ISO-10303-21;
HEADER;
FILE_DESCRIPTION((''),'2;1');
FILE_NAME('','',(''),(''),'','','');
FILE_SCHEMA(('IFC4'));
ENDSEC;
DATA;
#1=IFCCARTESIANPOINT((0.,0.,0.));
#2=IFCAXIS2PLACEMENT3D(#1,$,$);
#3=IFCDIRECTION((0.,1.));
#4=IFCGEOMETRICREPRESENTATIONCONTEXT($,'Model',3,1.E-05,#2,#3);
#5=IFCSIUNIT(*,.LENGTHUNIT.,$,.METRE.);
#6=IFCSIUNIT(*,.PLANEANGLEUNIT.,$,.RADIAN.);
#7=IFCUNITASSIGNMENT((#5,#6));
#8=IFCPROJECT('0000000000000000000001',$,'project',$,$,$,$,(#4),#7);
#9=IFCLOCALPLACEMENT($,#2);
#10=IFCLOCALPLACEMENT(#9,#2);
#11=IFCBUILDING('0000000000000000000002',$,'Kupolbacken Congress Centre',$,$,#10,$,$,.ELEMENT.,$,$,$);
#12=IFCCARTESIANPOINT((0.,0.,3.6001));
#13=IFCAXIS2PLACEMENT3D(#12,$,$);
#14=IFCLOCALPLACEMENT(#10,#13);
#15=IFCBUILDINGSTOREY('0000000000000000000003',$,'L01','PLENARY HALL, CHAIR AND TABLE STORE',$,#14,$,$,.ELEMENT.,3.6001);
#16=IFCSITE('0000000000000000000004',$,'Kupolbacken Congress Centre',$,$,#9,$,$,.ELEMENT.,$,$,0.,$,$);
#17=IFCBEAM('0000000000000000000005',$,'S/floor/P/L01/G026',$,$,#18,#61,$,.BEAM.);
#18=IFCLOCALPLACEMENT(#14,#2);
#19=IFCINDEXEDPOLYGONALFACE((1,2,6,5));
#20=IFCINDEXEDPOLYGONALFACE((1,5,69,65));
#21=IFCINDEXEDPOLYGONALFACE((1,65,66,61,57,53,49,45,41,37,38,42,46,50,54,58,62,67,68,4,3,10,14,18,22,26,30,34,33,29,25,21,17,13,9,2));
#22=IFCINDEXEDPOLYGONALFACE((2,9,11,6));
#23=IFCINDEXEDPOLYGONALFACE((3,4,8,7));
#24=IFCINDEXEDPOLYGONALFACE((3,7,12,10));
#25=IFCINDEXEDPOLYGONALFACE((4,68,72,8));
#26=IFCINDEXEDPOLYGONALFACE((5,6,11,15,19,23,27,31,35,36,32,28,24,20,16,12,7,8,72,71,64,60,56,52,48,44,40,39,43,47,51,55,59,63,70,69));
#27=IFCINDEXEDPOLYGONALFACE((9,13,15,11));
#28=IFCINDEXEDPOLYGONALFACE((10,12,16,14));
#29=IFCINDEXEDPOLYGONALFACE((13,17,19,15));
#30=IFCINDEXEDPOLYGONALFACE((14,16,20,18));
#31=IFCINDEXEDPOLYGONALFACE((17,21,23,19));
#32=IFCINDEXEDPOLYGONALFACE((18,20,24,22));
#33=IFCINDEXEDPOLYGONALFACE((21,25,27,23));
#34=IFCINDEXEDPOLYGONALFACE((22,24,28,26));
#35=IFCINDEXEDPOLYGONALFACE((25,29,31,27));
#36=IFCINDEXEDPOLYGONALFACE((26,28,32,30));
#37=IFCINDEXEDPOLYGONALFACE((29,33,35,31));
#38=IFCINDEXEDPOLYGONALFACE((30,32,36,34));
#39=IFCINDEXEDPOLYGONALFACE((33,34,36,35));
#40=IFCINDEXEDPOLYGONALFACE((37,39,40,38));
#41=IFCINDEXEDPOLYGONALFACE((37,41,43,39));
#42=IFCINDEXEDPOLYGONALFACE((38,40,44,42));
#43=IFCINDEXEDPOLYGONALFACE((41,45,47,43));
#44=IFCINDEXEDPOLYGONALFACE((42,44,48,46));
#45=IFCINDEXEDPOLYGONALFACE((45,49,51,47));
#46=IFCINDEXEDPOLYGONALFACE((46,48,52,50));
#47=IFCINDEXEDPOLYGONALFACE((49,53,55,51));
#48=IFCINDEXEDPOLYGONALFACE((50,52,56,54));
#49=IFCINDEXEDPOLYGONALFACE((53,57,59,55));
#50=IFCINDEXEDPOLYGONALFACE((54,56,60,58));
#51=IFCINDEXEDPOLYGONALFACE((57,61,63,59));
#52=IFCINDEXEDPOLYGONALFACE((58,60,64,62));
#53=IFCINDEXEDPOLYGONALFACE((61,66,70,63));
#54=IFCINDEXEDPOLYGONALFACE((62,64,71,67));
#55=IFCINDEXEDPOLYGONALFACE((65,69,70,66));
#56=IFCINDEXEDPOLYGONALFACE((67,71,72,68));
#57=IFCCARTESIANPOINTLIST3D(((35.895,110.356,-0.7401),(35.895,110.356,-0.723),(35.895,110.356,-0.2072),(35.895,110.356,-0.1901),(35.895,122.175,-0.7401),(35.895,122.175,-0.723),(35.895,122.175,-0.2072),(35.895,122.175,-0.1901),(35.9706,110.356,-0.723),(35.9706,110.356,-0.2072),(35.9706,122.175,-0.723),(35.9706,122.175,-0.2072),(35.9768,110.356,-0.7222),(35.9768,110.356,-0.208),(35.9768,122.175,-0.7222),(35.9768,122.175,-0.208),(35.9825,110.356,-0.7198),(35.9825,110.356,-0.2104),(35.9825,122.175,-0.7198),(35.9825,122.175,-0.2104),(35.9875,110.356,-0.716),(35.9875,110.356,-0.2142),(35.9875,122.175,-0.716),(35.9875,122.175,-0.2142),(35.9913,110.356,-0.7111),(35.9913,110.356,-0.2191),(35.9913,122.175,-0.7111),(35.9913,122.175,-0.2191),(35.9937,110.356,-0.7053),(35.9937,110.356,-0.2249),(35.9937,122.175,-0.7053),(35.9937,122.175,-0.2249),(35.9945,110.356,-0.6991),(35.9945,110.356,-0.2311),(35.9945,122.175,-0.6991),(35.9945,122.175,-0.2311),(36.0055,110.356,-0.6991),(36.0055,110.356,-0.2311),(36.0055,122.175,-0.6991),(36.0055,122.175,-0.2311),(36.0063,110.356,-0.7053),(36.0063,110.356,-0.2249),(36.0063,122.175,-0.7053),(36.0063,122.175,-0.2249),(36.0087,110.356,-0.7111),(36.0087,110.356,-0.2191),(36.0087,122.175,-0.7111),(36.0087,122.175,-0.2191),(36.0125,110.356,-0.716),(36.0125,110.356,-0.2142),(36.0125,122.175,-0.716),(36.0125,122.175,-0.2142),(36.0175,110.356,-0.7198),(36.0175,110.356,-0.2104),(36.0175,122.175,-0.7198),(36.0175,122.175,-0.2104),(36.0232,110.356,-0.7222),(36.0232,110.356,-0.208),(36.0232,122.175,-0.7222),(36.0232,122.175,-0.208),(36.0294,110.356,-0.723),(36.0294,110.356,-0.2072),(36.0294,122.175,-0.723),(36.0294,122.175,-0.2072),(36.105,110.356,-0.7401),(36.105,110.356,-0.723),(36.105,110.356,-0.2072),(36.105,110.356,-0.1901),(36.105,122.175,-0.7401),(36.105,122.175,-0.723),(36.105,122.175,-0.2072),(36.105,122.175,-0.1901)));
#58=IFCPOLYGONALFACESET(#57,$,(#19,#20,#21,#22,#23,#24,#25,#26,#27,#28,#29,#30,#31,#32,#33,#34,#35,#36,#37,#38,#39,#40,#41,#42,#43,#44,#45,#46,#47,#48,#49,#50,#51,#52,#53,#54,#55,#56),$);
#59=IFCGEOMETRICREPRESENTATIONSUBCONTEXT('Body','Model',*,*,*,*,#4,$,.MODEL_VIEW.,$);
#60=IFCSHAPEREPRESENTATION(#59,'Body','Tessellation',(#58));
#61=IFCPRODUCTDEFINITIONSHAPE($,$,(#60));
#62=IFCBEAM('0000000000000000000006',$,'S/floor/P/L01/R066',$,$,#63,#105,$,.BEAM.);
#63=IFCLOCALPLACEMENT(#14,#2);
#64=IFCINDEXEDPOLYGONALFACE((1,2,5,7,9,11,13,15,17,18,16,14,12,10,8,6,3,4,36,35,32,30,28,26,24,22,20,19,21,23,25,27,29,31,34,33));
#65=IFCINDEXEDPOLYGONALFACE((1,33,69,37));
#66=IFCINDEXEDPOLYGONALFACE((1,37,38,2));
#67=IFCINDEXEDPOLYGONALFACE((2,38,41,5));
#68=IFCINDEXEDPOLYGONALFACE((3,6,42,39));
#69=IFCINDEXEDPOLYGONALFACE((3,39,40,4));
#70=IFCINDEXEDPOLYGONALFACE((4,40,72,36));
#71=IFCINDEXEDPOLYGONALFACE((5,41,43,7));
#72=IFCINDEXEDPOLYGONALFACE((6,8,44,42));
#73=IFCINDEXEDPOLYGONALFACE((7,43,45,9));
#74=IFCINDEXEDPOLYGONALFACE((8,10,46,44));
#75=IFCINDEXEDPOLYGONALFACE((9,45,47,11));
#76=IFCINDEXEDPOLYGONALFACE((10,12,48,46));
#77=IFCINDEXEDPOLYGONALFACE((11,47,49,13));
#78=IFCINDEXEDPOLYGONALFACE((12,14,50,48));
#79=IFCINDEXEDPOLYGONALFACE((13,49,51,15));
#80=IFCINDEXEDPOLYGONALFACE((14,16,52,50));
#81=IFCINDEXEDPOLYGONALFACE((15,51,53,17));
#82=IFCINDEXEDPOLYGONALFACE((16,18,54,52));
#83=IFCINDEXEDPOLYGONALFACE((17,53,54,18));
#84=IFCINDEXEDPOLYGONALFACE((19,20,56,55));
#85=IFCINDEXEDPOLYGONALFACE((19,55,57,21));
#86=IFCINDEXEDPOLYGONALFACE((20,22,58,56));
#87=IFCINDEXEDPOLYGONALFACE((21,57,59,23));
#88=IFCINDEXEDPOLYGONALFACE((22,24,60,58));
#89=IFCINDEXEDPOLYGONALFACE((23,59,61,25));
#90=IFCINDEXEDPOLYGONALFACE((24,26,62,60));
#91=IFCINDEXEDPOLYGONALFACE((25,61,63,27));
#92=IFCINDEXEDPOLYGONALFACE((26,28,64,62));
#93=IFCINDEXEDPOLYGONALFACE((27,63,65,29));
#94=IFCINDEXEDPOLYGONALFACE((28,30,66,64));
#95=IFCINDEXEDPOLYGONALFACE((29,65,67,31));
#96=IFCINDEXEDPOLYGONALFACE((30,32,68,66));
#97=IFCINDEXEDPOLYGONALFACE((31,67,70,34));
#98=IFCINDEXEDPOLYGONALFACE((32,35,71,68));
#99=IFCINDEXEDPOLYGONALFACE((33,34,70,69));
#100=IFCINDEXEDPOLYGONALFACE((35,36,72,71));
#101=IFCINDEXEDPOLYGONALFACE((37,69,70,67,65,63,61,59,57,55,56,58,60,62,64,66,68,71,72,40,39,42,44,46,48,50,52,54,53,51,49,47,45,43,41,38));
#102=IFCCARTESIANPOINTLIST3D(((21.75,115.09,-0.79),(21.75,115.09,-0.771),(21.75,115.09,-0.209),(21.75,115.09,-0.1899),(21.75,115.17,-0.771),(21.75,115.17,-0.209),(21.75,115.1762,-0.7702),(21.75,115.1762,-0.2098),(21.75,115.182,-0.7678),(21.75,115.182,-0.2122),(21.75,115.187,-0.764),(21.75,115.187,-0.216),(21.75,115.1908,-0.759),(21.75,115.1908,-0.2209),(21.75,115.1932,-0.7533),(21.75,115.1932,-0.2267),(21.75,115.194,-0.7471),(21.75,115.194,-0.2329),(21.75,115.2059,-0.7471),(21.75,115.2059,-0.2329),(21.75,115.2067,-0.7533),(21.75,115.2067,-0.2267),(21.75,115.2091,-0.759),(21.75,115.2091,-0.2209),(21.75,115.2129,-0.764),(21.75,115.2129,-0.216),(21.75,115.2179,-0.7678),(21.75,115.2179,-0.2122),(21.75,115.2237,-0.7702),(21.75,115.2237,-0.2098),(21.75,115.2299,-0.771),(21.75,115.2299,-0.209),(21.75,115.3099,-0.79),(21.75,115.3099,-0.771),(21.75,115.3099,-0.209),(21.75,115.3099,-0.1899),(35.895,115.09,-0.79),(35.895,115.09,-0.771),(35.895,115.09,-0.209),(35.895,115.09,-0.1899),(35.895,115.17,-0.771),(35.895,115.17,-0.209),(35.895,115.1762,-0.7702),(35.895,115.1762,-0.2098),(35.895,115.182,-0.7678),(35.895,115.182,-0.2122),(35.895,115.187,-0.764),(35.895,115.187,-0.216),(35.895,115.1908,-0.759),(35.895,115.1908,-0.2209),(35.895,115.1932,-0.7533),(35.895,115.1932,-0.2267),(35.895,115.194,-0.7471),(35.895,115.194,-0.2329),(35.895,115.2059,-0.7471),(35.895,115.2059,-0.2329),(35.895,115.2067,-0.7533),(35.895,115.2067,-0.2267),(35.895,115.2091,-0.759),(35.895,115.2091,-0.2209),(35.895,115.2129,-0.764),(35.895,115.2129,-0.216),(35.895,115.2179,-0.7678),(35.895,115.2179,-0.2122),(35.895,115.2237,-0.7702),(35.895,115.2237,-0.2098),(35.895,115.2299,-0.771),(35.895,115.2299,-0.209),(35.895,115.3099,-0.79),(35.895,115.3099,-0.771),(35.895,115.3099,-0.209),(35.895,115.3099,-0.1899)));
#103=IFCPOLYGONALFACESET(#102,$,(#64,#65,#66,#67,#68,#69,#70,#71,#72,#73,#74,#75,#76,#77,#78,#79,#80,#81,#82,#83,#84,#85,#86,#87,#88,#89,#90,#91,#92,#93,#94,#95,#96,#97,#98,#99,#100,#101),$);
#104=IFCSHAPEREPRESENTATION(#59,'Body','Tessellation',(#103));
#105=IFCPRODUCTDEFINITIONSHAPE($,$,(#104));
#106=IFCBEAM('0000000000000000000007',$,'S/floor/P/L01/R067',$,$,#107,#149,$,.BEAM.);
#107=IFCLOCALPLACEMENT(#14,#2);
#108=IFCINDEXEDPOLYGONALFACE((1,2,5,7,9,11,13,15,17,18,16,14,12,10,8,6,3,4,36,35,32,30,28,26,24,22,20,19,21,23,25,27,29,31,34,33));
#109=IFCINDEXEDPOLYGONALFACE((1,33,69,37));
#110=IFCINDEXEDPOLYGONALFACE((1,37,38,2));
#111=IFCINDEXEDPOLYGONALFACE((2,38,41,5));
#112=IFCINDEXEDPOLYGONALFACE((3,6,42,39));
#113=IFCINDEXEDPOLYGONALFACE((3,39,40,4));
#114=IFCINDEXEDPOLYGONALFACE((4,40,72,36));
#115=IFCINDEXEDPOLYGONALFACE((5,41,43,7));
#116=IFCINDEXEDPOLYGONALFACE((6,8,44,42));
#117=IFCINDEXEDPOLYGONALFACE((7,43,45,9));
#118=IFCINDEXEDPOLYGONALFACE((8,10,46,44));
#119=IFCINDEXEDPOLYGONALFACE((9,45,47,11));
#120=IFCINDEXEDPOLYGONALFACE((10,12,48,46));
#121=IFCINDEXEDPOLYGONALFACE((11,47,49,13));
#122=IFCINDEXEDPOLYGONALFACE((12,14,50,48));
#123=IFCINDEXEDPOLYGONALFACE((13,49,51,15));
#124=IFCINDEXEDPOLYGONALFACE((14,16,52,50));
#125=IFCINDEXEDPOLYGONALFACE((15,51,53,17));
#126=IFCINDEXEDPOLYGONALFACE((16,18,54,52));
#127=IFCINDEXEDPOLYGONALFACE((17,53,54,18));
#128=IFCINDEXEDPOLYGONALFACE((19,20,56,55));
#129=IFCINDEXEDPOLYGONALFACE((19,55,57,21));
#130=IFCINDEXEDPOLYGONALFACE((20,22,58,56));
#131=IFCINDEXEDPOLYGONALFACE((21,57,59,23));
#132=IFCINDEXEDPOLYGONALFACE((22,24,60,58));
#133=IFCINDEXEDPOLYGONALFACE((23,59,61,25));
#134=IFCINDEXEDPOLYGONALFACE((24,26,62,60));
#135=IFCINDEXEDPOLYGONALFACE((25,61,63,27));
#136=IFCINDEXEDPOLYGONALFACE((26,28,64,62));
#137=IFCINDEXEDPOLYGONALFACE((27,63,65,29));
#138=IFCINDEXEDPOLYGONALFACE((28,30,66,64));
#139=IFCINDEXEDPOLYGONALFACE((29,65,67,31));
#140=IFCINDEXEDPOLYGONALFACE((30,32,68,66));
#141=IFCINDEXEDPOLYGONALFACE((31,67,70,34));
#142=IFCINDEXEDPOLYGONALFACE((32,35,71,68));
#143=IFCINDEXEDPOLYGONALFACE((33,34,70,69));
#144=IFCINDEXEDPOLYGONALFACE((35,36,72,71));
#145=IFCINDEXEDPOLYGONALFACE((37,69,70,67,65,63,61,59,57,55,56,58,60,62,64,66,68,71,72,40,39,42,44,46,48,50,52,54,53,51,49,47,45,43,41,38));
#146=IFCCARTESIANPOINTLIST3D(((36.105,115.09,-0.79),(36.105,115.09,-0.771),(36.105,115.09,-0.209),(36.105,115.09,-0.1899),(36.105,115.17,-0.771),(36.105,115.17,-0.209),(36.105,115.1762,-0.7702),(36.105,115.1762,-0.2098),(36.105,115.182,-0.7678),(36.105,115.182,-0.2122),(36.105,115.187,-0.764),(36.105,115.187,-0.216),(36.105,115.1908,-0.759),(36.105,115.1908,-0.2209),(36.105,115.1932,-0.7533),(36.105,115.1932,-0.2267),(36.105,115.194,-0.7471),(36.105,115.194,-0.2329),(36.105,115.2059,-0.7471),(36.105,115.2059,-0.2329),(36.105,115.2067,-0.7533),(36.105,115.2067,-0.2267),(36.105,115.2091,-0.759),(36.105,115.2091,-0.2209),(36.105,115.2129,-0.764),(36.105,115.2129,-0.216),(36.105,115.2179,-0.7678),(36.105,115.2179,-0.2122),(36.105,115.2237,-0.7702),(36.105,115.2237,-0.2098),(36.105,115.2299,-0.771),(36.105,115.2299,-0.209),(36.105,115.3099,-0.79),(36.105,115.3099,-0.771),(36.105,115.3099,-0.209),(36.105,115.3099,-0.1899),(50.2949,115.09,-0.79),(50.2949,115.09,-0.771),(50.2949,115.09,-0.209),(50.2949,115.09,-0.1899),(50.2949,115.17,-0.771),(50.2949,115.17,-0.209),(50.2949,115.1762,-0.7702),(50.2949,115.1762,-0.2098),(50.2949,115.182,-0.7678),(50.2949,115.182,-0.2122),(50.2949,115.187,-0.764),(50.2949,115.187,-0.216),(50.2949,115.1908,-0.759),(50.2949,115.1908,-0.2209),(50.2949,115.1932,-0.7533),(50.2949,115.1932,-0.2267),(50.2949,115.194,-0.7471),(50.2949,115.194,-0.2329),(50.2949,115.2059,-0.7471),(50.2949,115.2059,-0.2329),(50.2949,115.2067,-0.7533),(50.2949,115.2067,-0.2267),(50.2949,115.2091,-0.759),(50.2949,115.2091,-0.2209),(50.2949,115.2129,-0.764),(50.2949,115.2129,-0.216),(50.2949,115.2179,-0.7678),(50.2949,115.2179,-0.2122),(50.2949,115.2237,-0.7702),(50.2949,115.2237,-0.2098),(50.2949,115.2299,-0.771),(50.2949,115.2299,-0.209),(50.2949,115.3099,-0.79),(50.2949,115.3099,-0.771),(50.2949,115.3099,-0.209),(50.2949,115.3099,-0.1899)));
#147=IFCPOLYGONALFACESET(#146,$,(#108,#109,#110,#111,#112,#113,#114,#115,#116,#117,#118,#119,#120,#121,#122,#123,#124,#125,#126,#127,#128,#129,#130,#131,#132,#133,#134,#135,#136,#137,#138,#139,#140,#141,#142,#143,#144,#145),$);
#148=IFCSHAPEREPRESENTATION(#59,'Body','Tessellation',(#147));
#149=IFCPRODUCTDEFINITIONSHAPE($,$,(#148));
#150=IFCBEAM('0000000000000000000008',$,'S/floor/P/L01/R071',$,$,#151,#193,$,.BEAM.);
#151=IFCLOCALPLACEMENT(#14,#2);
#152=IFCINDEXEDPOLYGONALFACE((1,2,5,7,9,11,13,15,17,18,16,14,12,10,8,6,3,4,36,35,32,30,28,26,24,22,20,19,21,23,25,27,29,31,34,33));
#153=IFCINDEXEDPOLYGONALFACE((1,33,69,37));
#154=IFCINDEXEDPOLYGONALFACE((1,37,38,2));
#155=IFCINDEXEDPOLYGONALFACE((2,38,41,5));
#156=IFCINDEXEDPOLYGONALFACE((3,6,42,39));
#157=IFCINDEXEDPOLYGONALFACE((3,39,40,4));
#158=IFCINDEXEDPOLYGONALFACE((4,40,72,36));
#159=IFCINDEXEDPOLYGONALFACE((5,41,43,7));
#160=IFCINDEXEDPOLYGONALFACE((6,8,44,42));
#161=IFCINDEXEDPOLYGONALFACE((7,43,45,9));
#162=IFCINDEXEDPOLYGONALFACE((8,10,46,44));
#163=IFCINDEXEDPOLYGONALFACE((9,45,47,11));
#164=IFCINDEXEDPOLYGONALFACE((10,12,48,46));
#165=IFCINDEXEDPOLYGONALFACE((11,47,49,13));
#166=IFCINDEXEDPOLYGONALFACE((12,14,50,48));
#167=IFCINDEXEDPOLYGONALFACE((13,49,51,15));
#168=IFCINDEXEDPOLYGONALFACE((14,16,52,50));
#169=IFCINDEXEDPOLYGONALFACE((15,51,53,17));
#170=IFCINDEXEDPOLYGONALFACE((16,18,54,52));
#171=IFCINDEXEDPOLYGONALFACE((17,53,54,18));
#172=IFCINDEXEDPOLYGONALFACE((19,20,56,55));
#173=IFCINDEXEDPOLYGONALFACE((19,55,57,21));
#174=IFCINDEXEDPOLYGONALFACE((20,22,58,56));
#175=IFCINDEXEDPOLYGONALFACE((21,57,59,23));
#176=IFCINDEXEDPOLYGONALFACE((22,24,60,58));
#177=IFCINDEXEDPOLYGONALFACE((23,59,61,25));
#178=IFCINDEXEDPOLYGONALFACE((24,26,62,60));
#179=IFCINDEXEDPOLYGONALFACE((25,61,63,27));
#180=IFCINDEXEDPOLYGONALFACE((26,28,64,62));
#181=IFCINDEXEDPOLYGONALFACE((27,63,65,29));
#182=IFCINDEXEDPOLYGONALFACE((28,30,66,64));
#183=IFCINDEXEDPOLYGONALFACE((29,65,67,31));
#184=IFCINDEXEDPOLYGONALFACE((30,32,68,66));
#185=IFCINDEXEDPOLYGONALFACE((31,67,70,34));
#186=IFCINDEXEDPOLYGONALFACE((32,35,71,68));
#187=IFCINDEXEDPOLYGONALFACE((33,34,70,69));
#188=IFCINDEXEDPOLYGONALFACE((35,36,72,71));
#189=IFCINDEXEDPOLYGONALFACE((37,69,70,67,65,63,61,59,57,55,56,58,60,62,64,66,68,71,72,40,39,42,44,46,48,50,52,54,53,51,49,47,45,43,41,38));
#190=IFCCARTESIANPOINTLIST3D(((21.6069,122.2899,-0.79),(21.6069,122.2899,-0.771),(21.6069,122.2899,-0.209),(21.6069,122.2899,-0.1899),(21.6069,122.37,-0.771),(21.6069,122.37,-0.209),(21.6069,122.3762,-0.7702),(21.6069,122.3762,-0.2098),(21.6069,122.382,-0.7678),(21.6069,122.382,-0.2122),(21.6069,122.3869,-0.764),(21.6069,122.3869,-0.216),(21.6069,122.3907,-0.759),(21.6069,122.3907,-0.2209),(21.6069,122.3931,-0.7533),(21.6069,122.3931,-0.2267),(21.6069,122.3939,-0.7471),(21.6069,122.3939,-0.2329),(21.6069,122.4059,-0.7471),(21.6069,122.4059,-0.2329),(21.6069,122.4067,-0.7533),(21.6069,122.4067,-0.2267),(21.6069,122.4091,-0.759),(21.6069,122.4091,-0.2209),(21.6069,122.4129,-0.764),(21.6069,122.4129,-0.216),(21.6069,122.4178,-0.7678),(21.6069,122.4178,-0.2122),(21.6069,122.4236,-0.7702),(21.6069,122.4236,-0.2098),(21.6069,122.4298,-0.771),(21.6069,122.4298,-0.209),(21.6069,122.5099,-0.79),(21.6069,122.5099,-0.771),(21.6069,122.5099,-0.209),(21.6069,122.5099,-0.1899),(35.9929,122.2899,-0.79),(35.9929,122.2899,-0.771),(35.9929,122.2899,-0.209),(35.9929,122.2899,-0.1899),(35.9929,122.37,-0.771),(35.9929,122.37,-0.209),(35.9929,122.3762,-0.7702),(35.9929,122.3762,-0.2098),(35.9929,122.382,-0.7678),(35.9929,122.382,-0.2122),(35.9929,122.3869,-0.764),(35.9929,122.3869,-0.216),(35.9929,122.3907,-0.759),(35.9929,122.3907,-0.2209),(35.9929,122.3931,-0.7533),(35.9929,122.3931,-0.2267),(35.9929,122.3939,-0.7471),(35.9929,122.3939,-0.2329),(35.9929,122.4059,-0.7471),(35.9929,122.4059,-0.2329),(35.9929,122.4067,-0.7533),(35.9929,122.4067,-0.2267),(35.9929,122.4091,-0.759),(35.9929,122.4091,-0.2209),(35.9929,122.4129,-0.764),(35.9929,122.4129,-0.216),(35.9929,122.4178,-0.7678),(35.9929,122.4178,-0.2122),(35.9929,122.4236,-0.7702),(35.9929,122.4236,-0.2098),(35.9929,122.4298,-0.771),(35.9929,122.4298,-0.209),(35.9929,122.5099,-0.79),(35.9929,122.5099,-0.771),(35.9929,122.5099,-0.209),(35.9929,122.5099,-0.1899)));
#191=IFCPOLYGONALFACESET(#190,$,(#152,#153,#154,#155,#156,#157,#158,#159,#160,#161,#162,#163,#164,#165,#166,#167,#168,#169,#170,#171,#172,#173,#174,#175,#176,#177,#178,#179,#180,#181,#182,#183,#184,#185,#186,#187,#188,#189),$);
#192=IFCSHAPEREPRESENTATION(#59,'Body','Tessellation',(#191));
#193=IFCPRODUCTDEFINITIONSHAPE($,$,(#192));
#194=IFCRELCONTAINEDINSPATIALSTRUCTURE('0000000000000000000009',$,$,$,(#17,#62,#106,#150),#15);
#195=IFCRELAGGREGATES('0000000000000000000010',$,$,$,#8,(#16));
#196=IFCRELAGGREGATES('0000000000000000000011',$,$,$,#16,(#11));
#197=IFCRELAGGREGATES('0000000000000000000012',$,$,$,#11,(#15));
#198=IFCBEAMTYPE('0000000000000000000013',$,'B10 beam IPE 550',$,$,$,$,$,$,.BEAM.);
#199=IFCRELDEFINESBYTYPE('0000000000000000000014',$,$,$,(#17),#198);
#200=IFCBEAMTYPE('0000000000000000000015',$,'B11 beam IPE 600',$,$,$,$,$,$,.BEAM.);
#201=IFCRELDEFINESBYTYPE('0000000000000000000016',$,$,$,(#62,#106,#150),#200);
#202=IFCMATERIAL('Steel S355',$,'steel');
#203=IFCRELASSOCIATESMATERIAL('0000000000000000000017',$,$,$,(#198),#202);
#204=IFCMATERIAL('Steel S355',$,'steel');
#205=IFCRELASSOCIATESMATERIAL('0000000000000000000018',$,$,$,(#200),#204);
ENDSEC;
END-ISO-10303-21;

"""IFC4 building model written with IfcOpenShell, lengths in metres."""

from ifc_helpers import new_model, si_unit, direction, frame, origin, origin_2d, place, context, subcontext, project, spatial, i_section, extrude, material, material_profile, profile_set, type_object, element, save


model = new_model("IFC4")

# Units and contexts
model_context = context("Model", 3, precision=1e-05, world=origin(), true_north=direction((0.0, 1.0)))
body_context = subcontext(model_context, "Body", "Model", "MODEL_VIEW")
ifc_project = project(units=[si_unit("LENGTHUNIT", "METRE"), si_unit("PLANEANGLEUNIT", "RADIAN")], contexts=[model_context])

# Site, building, storey
site_placement = place(None, origin())
site = spatial("IfcSite", under=ifc_project, at=site_placement, Name="Kupolbacken Congress Centre", CompositionType="ELEMENT", RefElevation=0.0)
building_placement = place(site_placement, origin())
building = spatial("IfcBuilding", under=site, at=building_placement, Name="Kupolbacken Congress Centre", CompositionType="ELEMENT")
storey_placement = place(building_placement, frame((0.0, 0.0, 3.6001)))
storey = spatial("IfcBuildingStorey", under=building, at=storey_placement, Name="L01", Description="PLENARY HALL, CHAIR AND TABLE STORE", CompositionType="ELEMENT", Elevation=3.6001)

# Beams
ifc_material_1 = material(Name="Steel S355", Category="steel")
ifc_material_profile_1 = material_profile(ifc_material_1, i_section(OverallWidth=0.21, OverallDepth=0.55, WebThickness=0.011, FlangeThickness=0.0171, FilletRadius=0.0239, at=origin_2d()), Name="IPE 550")
ifc_profile_set_1 = profile_set([ifc_material_profile_1], Name="Steel S355")
beam_type_1 = type_object("IfcBeamType", Name="B10 beam IPE 550", PredefinedType="BEAM", material=ifc_profile_set_1)
beam_1_placement = place(storey_placement, frame((36.0, 110.356, -0.4651), z_axis=(0.0, 1.0, 0.0), x_axis=(-1.0, 0.0, 0.0)))
element("IfcBeam", 1, at=beam_1_placement, inside=storey, type_object=beam_type_1, Name="S/floor/P/L01/G026", PredefinedType="BEAM", context=body_context, shape_type="SweptSolid", body=[
    extrude(i_section(OverallWidth=0.21, OverallDepth=0.55, WebThickness=0.011, FlangeThickness=0.0171, FilletRadius=0.0239, at=origin_2d()), origin(), (0.0, 0.0, 1.0), 11.8191),
])
ifc_material_2 = material(Name="Steel S355", Category="steel")
ifc_material_profile_2 = material_profile(ifc_material_2, i_section(OverallWidth=0.22, OverallDepth=0.6001, WebThickness=0.012, FlangeThickness=0.019, FilletRadius=0.0239, at=origin_2d()), Name="IPE 600")
ifc_profile_set_2 = profile_set([ifc_material_profile_2], Name="Steel S355")
beam_type_2 = type_object("IfcBeamType", Name="B11 beam IPE 600", PredefinedType="BEAM", material=ifc_profile_set_2)
beam_2_placement = place(storey_placement, frame((21.75, 115.2, -0.49), z_axis=(1.0, 0.0, 0.0), x_axis=(0.0, 1.0, 0.0)))
element("IfcBeam", 2, at=beam_2_placement, inside=storey, type_object=beam_type_2, Name="S/floor/P/L01/R066", PredefinedType="BEAM", context=body_context, shape_type="SweptSolid", body=[
    extrude(i_section(OverallWidth=0.22, OverallDepth=0.6001, WebThickness=0.012, FlangeThickness=0.019, FilletRadius=0.0239, at=origin_2d()), origin(), (0.0, 0.0, 1.0), 14.145),
])
beam_3_placement = place(storey_placement, frame((36.105, 115.2, -0.49), z_axis=(1.0, 0.0, 0.0), x_axis=(0.0, 1.0, 0.0)))
element("IfcBeam", 3, at=beam_3_placement, inside=storey, type_object=beam_type_2, Name="S/floor/P/L01/R067", PredefinedType="BEAM", context=body_context, shape_type="SweptSolid", body=[
    extrude(i_section(OverallWidth=0.22, OverallDepth=0.6001, WebThickness=0.012, FlangeThickness=0.019, FilletRadius=0.0239, at=origin_2d()), origin(), (0.0, 0.0, 1.0), 14.1899),
])
for number, where, z_axis, x_axis, name in (
    (4, (21.6069, 122.3999, -0.49), (1.0, 0.0, 0.0), (0.0, 1.0, 0.0), "S/floor/P/L01/R071"),
):
    element("IfcBeam", number, at=place(storey_placement, frame(where, z_axis=z_axis, x_axis=x_axis)), inside=storey, type_object=beam_type_2, Name=name, PredefinedType="BEAM", context=body_context, shape_type="SweptSolid", body=[
        extrude(i_section(OverallWidth=0.22, OverallDepth=0.6001, WebThickness=0.012, FlangeThickness=0.019, FilletRadius=0.0239, at=origin_2d()), origin(), (0.0, 0.0, 1.0), 14.386),
    ])

save(model, "model.ifc")
